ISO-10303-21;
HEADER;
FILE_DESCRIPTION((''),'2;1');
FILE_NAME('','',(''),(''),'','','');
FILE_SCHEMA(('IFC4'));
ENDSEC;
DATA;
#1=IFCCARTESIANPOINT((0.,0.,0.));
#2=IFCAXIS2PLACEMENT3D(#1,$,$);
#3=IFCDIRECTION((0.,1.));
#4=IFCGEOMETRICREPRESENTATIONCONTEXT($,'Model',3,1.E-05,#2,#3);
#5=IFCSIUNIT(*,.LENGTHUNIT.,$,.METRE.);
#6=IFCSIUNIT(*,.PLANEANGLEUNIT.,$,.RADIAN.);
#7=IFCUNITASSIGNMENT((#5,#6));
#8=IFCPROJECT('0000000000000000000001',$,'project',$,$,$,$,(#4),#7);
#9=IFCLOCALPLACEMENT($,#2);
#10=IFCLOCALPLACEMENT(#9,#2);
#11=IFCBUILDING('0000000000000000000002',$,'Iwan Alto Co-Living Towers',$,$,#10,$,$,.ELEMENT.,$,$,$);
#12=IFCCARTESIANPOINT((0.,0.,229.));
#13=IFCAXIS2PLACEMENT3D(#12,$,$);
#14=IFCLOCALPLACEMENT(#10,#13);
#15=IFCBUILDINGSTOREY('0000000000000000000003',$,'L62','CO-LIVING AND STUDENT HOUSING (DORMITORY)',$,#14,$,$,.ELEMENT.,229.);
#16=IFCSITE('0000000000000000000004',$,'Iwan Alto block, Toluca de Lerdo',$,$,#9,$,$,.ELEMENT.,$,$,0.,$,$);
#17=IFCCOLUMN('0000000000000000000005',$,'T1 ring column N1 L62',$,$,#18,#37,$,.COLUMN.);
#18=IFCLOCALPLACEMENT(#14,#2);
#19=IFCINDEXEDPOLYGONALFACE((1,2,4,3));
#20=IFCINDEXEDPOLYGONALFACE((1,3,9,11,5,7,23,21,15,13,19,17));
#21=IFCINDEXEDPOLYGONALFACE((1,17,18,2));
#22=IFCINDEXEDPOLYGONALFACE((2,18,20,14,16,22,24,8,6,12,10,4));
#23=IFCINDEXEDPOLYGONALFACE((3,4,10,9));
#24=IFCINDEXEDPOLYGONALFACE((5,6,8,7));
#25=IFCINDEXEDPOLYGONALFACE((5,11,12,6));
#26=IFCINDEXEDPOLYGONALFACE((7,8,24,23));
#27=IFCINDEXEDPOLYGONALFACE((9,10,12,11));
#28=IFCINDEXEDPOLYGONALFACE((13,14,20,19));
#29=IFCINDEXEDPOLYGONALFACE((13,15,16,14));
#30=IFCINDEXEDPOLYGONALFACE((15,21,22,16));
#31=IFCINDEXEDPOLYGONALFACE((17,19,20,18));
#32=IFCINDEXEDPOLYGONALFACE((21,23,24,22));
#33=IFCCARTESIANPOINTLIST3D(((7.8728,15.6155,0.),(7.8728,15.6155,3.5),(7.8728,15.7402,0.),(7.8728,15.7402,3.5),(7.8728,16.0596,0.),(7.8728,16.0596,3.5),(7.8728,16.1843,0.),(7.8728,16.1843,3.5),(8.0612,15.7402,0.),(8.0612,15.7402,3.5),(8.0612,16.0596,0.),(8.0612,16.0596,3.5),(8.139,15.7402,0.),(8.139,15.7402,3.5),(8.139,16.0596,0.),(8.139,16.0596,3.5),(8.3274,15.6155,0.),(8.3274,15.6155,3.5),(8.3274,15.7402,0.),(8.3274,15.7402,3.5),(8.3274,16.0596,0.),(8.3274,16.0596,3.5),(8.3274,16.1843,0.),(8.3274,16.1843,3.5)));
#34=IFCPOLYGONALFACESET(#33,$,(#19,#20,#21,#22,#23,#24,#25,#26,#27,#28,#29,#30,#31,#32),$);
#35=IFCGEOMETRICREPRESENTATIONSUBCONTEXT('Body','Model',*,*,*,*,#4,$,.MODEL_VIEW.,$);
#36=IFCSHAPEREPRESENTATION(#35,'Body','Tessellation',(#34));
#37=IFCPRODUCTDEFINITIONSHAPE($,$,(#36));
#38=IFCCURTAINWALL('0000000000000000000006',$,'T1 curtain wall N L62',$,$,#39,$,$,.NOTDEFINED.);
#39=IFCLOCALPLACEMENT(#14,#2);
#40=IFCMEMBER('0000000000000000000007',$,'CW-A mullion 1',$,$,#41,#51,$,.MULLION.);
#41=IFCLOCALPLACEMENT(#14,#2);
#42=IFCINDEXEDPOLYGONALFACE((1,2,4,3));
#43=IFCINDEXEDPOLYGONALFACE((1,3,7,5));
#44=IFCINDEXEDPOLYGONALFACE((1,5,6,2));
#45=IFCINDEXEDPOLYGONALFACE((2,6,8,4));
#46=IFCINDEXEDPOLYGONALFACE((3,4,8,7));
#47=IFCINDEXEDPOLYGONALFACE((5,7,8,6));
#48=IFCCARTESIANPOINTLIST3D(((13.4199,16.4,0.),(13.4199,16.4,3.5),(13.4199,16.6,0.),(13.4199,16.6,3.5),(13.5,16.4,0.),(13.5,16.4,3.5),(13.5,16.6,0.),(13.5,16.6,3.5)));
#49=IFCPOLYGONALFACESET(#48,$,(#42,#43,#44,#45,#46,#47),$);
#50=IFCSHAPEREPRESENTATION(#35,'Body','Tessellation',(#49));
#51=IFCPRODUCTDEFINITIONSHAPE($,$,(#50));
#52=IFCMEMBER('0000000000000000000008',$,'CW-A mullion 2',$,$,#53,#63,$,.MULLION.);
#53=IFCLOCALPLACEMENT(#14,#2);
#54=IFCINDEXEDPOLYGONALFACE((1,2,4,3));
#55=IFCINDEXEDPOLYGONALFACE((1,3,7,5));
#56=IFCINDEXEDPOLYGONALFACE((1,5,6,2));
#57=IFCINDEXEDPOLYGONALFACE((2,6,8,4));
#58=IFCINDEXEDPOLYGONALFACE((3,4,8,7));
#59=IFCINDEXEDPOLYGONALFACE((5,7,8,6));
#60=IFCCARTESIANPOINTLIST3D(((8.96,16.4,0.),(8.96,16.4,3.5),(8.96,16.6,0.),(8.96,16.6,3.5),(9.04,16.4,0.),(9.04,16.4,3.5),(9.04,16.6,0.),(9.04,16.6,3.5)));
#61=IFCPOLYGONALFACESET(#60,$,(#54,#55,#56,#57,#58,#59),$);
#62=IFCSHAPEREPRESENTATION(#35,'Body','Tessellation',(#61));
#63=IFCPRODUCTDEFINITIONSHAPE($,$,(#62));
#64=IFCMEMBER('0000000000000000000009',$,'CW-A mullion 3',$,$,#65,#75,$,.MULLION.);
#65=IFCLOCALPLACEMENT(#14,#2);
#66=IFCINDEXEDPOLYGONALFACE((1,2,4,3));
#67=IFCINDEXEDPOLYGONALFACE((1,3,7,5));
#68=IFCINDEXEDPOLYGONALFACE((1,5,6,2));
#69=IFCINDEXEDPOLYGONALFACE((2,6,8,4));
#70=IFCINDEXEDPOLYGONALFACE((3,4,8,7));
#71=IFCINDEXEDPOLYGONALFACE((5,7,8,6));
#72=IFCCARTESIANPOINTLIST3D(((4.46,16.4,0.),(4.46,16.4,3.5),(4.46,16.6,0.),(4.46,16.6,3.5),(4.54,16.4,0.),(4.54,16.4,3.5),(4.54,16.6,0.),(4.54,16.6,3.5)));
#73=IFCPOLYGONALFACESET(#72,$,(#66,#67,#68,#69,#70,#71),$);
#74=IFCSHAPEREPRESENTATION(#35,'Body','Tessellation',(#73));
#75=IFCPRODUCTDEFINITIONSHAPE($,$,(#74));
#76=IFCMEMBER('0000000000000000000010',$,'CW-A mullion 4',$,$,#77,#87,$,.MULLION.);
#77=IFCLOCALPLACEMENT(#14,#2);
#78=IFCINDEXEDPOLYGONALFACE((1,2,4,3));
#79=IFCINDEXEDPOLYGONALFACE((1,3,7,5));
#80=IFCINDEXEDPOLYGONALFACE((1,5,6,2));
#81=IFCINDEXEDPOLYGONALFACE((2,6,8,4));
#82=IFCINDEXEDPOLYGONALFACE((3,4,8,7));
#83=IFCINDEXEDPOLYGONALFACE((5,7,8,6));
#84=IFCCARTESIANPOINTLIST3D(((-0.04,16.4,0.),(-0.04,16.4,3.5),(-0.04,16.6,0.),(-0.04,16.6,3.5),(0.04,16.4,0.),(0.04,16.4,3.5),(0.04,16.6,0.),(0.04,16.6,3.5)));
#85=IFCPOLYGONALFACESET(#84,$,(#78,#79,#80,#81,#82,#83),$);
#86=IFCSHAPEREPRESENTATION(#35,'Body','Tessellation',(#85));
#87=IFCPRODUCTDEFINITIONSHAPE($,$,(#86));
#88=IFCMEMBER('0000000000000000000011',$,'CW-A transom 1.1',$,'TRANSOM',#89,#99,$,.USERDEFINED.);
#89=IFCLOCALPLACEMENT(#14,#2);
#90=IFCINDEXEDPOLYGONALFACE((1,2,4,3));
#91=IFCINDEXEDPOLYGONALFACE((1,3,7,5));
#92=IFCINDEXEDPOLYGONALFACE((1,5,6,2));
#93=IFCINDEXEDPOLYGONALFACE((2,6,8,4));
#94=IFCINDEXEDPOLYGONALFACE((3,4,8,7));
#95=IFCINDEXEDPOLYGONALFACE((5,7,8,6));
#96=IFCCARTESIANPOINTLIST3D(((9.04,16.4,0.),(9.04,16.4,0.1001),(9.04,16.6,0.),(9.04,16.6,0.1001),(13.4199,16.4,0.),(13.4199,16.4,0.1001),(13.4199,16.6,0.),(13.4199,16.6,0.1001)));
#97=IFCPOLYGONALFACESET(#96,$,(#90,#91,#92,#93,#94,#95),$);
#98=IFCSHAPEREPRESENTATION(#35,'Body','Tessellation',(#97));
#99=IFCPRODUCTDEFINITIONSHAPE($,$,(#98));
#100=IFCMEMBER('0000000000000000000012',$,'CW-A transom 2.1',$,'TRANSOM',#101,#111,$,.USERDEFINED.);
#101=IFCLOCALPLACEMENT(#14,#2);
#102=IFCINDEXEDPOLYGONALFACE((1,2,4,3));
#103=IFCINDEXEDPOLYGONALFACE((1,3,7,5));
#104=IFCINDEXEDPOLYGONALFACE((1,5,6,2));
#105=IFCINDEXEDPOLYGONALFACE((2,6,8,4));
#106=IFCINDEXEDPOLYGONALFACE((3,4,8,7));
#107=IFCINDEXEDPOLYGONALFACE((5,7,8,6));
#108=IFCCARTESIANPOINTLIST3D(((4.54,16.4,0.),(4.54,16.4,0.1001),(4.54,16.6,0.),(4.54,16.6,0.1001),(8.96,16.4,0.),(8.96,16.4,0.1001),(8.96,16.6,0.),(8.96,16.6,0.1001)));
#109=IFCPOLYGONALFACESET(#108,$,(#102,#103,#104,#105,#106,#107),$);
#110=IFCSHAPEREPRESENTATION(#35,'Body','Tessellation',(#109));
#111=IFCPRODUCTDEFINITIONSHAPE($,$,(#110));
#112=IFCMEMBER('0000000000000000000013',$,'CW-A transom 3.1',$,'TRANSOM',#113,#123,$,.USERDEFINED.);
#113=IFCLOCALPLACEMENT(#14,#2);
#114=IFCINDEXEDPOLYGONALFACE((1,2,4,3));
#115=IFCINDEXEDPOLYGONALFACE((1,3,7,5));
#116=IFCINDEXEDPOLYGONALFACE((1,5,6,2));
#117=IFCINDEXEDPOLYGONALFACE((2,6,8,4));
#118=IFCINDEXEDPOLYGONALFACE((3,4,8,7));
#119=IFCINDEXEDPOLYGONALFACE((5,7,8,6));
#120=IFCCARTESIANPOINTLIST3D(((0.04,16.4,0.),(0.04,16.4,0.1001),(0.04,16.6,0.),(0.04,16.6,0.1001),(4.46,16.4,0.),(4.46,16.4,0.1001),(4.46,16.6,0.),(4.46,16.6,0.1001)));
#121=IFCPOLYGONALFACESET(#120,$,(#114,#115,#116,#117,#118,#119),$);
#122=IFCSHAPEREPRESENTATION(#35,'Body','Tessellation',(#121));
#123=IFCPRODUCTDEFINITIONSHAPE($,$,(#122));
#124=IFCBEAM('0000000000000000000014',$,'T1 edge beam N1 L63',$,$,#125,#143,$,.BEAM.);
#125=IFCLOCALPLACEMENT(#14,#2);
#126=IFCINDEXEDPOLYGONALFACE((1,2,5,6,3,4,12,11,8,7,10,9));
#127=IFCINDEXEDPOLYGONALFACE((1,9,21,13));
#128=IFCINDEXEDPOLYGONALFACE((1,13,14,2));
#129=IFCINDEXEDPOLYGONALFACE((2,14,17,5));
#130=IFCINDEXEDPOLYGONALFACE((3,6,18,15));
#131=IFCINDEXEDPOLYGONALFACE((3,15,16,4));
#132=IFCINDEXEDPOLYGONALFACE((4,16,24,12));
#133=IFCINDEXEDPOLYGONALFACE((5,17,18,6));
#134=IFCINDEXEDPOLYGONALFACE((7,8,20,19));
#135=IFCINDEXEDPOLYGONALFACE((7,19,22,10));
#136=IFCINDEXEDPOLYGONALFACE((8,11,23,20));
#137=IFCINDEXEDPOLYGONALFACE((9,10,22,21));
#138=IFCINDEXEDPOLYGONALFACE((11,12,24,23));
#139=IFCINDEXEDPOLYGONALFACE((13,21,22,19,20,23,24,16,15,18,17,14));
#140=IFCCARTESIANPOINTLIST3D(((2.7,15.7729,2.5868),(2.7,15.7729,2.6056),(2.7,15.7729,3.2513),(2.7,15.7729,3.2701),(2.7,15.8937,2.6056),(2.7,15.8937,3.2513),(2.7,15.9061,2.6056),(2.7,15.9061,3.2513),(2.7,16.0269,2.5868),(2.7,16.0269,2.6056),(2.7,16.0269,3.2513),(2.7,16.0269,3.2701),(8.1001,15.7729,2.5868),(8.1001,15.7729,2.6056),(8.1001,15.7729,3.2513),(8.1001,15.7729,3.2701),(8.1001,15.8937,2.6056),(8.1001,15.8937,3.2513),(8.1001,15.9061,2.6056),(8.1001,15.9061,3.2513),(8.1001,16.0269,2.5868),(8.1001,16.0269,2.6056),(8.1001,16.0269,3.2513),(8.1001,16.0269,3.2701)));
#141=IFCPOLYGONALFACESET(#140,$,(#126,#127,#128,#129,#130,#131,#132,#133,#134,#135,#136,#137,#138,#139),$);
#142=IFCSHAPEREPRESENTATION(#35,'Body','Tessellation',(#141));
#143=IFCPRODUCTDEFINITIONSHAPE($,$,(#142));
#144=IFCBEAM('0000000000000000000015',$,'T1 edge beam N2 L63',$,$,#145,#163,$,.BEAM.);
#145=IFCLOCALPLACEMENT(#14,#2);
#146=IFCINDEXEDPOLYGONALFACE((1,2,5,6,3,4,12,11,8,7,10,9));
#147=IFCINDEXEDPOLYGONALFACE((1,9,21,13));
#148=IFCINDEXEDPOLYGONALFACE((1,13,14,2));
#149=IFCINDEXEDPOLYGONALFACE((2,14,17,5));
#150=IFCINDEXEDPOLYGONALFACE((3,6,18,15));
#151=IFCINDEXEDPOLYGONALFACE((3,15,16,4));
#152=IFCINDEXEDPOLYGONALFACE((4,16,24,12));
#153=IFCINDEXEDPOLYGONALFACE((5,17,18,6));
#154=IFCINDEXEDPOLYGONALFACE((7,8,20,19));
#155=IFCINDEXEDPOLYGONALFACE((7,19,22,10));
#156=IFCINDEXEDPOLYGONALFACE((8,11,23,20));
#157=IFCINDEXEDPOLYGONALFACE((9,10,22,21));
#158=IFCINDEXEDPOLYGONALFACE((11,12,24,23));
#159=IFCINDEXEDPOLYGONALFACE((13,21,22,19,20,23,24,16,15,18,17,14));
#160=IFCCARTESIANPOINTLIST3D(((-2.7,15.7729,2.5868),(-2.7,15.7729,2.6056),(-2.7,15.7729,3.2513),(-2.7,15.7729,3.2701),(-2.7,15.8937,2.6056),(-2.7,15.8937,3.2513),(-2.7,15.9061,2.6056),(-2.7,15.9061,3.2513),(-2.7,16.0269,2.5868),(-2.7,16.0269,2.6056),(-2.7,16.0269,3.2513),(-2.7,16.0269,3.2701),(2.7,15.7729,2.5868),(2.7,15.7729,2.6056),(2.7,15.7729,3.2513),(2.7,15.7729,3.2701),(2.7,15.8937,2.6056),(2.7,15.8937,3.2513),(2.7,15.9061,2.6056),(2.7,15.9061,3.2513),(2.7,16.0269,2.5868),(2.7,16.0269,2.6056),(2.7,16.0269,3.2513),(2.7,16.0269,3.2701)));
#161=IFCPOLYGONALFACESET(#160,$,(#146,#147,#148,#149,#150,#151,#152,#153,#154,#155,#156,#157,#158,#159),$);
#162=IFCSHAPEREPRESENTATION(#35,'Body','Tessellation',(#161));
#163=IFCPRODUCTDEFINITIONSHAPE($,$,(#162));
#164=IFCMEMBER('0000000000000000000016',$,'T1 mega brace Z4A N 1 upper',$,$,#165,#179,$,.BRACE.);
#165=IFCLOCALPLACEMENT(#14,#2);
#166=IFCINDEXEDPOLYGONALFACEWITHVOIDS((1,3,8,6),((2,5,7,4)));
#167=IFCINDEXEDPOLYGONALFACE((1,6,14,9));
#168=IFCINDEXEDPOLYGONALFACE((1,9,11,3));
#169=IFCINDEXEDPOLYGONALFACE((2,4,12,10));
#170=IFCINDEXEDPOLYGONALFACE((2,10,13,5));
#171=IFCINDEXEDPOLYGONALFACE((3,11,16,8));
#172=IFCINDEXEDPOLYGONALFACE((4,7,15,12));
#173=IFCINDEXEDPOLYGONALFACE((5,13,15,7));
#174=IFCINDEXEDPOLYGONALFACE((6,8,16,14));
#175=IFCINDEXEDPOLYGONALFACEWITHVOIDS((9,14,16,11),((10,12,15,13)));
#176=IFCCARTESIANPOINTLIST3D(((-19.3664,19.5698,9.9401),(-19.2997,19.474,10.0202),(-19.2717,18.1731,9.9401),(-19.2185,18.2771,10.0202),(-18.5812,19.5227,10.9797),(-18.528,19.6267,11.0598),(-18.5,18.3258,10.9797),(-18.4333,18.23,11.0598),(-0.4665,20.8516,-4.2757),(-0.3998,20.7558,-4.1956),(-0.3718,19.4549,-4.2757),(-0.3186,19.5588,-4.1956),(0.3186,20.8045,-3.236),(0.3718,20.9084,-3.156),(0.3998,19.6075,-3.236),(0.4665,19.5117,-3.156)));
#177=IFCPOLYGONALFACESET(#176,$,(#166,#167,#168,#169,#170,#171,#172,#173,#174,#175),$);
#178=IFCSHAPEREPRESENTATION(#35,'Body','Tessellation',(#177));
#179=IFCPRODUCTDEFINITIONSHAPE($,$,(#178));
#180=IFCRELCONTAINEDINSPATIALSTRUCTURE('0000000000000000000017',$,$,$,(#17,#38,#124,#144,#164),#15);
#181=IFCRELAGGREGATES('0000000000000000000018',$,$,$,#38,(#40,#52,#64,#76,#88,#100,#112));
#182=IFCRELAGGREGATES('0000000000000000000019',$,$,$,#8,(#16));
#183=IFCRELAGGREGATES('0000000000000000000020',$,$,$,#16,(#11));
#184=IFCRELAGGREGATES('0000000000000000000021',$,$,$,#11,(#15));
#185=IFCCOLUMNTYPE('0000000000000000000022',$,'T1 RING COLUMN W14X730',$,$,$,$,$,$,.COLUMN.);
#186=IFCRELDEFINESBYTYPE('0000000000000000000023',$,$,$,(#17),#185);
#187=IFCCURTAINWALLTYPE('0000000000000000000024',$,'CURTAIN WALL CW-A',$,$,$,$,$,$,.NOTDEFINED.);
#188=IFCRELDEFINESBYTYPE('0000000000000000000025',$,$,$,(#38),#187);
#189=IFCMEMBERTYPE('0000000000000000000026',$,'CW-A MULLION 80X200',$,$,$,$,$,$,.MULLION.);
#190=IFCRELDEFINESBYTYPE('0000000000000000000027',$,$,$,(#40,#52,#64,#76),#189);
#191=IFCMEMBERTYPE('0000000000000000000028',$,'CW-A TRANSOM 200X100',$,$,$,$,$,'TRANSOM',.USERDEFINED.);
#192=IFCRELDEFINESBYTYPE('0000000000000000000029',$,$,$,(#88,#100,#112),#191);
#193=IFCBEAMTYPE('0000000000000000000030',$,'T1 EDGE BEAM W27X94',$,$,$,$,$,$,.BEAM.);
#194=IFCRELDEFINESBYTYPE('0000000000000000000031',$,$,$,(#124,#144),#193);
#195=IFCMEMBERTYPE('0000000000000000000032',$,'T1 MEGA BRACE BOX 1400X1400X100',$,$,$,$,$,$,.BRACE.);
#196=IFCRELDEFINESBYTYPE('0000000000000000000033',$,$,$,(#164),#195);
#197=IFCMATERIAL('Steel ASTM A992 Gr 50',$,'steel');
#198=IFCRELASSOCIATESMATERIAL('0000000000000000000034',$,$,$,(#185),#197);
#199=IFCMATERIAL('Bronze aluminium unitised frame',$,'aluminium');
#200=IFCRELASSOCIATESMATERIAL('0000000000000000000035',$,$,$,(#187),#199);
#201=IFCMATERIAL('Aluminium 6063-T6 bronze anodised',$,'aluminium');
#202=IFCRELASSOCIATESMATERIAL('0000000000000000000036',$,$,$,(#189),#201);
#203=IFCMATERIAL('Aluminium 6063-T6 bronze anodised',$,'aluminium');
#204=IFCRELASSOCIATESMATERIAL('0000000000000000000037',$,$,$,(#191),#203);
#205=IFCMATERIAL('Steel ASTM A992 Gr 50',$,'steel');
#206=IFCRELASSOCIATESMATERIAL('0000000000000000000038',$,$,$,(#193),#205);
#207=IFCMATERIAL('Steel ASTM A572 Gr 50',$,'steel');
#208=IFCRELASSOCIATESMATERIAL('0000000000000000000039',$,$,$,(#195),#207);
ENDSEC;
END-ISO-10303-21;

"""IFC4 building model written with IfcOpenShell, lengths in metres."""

from ifc_helpers import new_model, si_unit, direction, frame, origin, origin_2d, place, context, subcontext, project, spatial, rectangle, hollow_rectangle, i_section, extrude, material, material_profile, profile_set, type_object, element, aggregate, save


model = new_model("IFC4")

# Units and contexts
model_context = context("Model", 3, precision=1e-05, world=origin(), true_north=direction((0.0, 1.0)))
body_context = subcontext(model_context, "Body", "Model", "MODEL_VIEW")
ifc_project = project(units=[si_unit("LENGTHUNIT", "METRE"), si_unit("PLANEANGLEUNIT", "RADIAN")], contexts=[model_context])

# Site, building, storey
site_placement = place(None, origin())
site = spatial("IfcSite", under=ifc_project, at=site_placement, Name="Iwan Alto block, Toluca de Lerdo", CompositionType="ELEMENT", RefElevation=0.0)
building_placement = place(site_placement, origin())
building = spatial("IfcBuilding", under=site, at=building_placement, Name="Iwan Alto Co-Living Towers", CompositionType="ELEMENT")
storey_placement = place(building_placement, frame((0.0, 0.0, 229.0)))
storey = spatial("IfcBuildingStorey", under=building, at=storey_placement, Name="L62", Description="CO-LIVING AND STUDENT HOUSING (DORMITORY)", CompositionType="ELEMENT", Elevation=229.0)

# Column
ifc_material_1 = material(Name="Steel ASTM A992 Gr 50", Category="steel")
ifc_material_profile_1 = material_profile(ifc_material_1, i_section(OverallWidth=0.4546, OverallDepth=0.5688, WebThickness=0.0779, FlangeThickness=0.1248, at=origin_2d()), Name="W14X730")
ifc_profile_set_1 = profile_set([ifc_material_profile_1], Name="Steel ASTM A992 Gr 50")
column_type = type_object("IfcColumnType", Name="T1 RING COLUMN W14X730", PredefinedType="COLUMN", material=ifc_profile_set_1)
column_placement = place(storey_placement, frame((8.1001, 15.8999, 0.0), z_axis=(0.0, 0.0, 1.0), x_axis=(1.0, 0.0, 0.0)))
element("IfcColumn", 1, at=column_placement, inside=storey, type_object=column_type, Name="T1 ring column N1 L62", PredefinedType="COLUMN", context=body_context, shape_type="SweptSolid", body=[
    extrude(i_section(OverallWidth=0.4546, OverallDepth=0.5688, WebThickness=0.0779, FlangeThickness=0.1248, at=origin_2d()), origin(), (0.0, 0.0, 1.0), 3.5),
])

# Curtain wall, members
ifc_material_2 = material(Name="Bronze aluminium unitised frame", Category="aluminium")
curtain_wall_type = type_object("IfcCurtainWallType", Name="CURTAIN WALL CW-A", PredefinedType="NOTDEFINED", material=ifc_material_2)
curtain_wall_placement = place(storey_placement, origin())
curtain_wall = element("IfcCurtainWall", 2, at=curtain_wall_placement, inside=storey, type_object=curtain_wall_type, Name="T1 curtain wall N L62", PredefinedType="NOTDEFINED")
ifc_material_3 = material(Name="Aluminium 6063-T6 bronze anodised", Category="aluminium")
ifc_material_profile_2 = material_profile(ifc_material_3, rectangle(XDim=0.2, YDim=0.0801, at=origin_2d()), Name="AL 80X200")
ifc_profile_set_2 = profile_set([ifc_material_profile_2], Name="Aluminium 6063-T6 bronze anodised")
member_type_1 = type_object("IfcMemberType", Name="CW-A MULLION 80X200", PredefinedType="MULLION", material=ifc_profile_set_2)
member_1_placement = place(storey_placement, frame((13.46, 16.5, 0.0), z_axis=(0.0, 0.0, 1.0), x_axis=(0.0, -1.0, 0.0)))
member_1 = element("IfcMember", 3, at=member_1_placement, type_object=member_type_1, Name="CW-A mullion 1", PredefinedType="MULLION", context=body_context, shape_type="SweptSolid", body=[
    extrude(rectangle(XDim=0.2, YDim=0.0801, at=origin_2d()), origin(), (0.0, 0.0, 1.0), 3.5),
])
member_2_placement = place(storey_placement, frame((9.0, 16.5, 0.0), z_axis=(0.0, 0.0, 1.0), x_axis=(0.0, -1.0, 0.0)))
member_2 = element("IfcMember", 4, at=member_2_placement, type_object=member_type_1, Name="CW-A mullion 2", PredefinedType="MULLION", context=body_context, shape_type="SweptSolid", body=[
    extrude(rectangle(XDim=0.2, YDim=0.0801, at=origin_2d()), origin(), (0.0, 0.0, 1.0), 3.5),
])
member_3_placement = place(storey_placement, frame((4.5, 16.5, 0.0), z_axis=(0.0, 0.0, 1.0), x_axis=(0.0, -1.0, 0.0)))
member_3 = element("IfcMember", 5, at=member_3_placement, type_object=member_type_1, Name="CW-A mullion 3", PredefinedType="MULLION", context=body_context, shape_type="SweptSolid", body=[
    extrude(rectangle(XDim=0.2, YDim=0.0801, at=origin_2d()), origin(), (0.0, 0.0, 1.0), 3.5),
])
member_4_placement = place(storey_placement, frame((0.0, 16.5, 0.0), z_axis=(0.0, 0.0, 1.0), x_axis=(0.0, -1.0, 0.0)))
member_4 = element("IfcMember", 6, at=member_4_placement, type_object=member_type_1, Name="CW-A mullion 4", PredefinedType="MULLION", context=body_context, shape_type="SweptSolid", body=[
    extrude(rectangle(XDim=0.2, YDim=0.0801, at=origin_2d()), origin(), (0.0, 0.0, 1.0), 3.5),
])
ifc_material_4 = material(Name="Aluminium 6063-T6 bronze anodised", Category="aluminium")
ifc_material_profile_3 = material_profile(ifc_material_4, rectangle(XDim=0.2, YDim=0.1001, at=origin_2d()), Name="AL 200X100")
ifc_profile_set_3 = profile_set([ifc_material_profile_3], Name="Aluminium 6063-T6 bronze anodised")
member_type_2 = type_object("IfcMemberType", Name="CW-A TRANSOM 200X100", ElementType="TRANSOM", PredefinedType="USERDEFINED", material=ifc_profile_set_3)
member_5_placement = place(storey_placement, frame((13.4199, 16.5, 0.05), z_axis=(-1.0, 0.0, 0.0), x_axis=(0.0, -1.0, 0.0)))
member_5 = element("IfcMember", 7, at=member_5_placement, type_object=member_type_2, Name="CW-A transom 1.1", ObjectType="TRANSOM", PredefinedType="USERDEFINED", context=body_context, shape_type="SweptSolid", body=[
    extrude(rectangle(XDim=0.2, YDim=0.1001, at=origin_2d()), origin(), (0.0, 0.0, 1.0), 4.3799),
])
member_6_placement = place(storey_placement, frame((8.96, 16.5, 0.05), z_axis=(-1.0, 0.0, 0.0), x_axis=(0.0, -1.0, 0.0)))
member_6 = element("IfcMember", 8, at=member_6_placement, type_object=member_type_2, Name="CW-A transom 2.1", ObjectType="TRANSOM", PredefinedType="USERDEFINED", context=body_context, shape_type="SweptSolid", body=[
    extrude(rectangle(XDim=0.2, YDim=0.1001, at=origin_2d()), origin(), (0.0, 0.0, 1.0), 4.4199),
])
member_7_placement = place(storey_placement, frame((4.46, 16.5, 0.05), z_axis=(-1.0, 0.0, 0.0), x_axis=(0.0, -1.0, 0.0)))
member_7 = element("IfcMember", 9, at=member_7_placement, type_object=member_type_2, Name="CW-A transom 3.1", ObjectType="TRANSOM", PredefinedType="USERDEFINED", context=body_context, shape_type="SweptSolid", body=[
    extrude(rectangle(XDim=0.2, YDim=0.1001, at=origin_2d()), origin(), (0.0, 0.0, 1.0), 4.4199),
])

# Beams
ifc_material_5 = material(Name="Steel ASTM A992 Gr 50", Category="steel")
ifc_material_profile_4 = material_profile(ifc_material_5, i_section(OverallWidth=0.2539, OverallDepth=0.6833, WebThickness=0.0125, FlangeThickness=0.0188, at=origin_2d()), Name="W27X94")
ifc_profile_set_4 = profile_set([ifc_material_profile_4], Name="Steel ASTM A992 Gr 50")
beam_type_1 = type_object("IfcBeamType", Name="T1 EDGE BEAM W27X94", PredefinedType="BEAM", material=ifc_profile_set_4)
beam_1_placement = place(storey_placement, frame((8.1001, 15.8999, 2.9285), z_axis=(-1.0, 0.0, 0.0), x_axis=(0.0, -1.0, 0.0)))
element("IfcBeam", 10, at=beam_1_placement, inside=storey, type_object=beam_type_1, Name="T1 edge beam N1 L63", PredefinedType="BEAM", context=body_context, shape_type="SweptSolid", body=[
    extrude(i_section(OverallWidth=0.2539, OverallDepth=0.6833, WebThickness=0.0125, FlangeThickness=0.0188, at=origin_2d()), origin(), (0.0, 0.0, 1.0), 5.4001),
])
beam_2_placement = place(storey_placement, frame((2.7, 15.8999, 2.9285), z_axis=(-1.0, 0.0, 0.0), x_axis=(0.0, -1.0, 0.0)))
element("IfcBeam", 11, at=beam_2_placement, inside=storey, type_object=beam_type_1, Name="T1 edge beam N2 L63", PredefinedType="BEAM", context=body_context, shape_type="SweptSolid", body=[
    extrude(i_section(OverallWidth=0.2539, OverallDepth=0.6833, WebThickness=0.0125, FlangeThickness=0.0188, at=origin_2d()), origin(), (0.0, 0.0, 1.0), 5.3999),
])

# Member
ifc_material_6 = material(Name="Steel ASTM A572 Gr 50", Category="steel")
ifc_material_profile_5 = material_profile(ifc_material_6, hollow_rectangle(XDim=1.3999, YDim=1.3999, WallThickness=0.1001, at=origin_2d()), Name="BOX 1400X1400X100")
ifc_profile_set_5 = profile_set([ifc_material_profile_5], Name="Steel ASTM A572 Gr 50")
member_type_3 = type_object("IfcMemberType", Name="T1 MEGA BRACE BOX 1400X1400X100", PredefinedType="BRACE", material=ifc_profile_set_5)
for number, where, z_axis, x_axis, name in (
    (12, (0.0, 20.1816, -3.7158), (-0.797998, -0.054118, 0.600225), (0.067662, -0.997708, 0.0), "T1 mega brace Z4A N 1 upper"),
):
    element("IfcMember", number, at=place(storey_placement, frame(where, z_axis=z_axis, x_axis=x_axis)), inside=storey, type_object=member_type_3, Name=name, PredefinedType="BRACE", context=body_context, shape_type="SweptSolid", body=[
        extrude(hollow_rectangle(XDim=1.3999, YDim=1.3999, WallThickness=0.1001, at=origin_2d()), origin(), (0.0, 0.0, 1.0), 23.6841),
    ])

aggregate(curtain_wall, [member_1, member_2, member_3, member_4, member_5, member_6, member_7])

save(model, "model.ifc")
